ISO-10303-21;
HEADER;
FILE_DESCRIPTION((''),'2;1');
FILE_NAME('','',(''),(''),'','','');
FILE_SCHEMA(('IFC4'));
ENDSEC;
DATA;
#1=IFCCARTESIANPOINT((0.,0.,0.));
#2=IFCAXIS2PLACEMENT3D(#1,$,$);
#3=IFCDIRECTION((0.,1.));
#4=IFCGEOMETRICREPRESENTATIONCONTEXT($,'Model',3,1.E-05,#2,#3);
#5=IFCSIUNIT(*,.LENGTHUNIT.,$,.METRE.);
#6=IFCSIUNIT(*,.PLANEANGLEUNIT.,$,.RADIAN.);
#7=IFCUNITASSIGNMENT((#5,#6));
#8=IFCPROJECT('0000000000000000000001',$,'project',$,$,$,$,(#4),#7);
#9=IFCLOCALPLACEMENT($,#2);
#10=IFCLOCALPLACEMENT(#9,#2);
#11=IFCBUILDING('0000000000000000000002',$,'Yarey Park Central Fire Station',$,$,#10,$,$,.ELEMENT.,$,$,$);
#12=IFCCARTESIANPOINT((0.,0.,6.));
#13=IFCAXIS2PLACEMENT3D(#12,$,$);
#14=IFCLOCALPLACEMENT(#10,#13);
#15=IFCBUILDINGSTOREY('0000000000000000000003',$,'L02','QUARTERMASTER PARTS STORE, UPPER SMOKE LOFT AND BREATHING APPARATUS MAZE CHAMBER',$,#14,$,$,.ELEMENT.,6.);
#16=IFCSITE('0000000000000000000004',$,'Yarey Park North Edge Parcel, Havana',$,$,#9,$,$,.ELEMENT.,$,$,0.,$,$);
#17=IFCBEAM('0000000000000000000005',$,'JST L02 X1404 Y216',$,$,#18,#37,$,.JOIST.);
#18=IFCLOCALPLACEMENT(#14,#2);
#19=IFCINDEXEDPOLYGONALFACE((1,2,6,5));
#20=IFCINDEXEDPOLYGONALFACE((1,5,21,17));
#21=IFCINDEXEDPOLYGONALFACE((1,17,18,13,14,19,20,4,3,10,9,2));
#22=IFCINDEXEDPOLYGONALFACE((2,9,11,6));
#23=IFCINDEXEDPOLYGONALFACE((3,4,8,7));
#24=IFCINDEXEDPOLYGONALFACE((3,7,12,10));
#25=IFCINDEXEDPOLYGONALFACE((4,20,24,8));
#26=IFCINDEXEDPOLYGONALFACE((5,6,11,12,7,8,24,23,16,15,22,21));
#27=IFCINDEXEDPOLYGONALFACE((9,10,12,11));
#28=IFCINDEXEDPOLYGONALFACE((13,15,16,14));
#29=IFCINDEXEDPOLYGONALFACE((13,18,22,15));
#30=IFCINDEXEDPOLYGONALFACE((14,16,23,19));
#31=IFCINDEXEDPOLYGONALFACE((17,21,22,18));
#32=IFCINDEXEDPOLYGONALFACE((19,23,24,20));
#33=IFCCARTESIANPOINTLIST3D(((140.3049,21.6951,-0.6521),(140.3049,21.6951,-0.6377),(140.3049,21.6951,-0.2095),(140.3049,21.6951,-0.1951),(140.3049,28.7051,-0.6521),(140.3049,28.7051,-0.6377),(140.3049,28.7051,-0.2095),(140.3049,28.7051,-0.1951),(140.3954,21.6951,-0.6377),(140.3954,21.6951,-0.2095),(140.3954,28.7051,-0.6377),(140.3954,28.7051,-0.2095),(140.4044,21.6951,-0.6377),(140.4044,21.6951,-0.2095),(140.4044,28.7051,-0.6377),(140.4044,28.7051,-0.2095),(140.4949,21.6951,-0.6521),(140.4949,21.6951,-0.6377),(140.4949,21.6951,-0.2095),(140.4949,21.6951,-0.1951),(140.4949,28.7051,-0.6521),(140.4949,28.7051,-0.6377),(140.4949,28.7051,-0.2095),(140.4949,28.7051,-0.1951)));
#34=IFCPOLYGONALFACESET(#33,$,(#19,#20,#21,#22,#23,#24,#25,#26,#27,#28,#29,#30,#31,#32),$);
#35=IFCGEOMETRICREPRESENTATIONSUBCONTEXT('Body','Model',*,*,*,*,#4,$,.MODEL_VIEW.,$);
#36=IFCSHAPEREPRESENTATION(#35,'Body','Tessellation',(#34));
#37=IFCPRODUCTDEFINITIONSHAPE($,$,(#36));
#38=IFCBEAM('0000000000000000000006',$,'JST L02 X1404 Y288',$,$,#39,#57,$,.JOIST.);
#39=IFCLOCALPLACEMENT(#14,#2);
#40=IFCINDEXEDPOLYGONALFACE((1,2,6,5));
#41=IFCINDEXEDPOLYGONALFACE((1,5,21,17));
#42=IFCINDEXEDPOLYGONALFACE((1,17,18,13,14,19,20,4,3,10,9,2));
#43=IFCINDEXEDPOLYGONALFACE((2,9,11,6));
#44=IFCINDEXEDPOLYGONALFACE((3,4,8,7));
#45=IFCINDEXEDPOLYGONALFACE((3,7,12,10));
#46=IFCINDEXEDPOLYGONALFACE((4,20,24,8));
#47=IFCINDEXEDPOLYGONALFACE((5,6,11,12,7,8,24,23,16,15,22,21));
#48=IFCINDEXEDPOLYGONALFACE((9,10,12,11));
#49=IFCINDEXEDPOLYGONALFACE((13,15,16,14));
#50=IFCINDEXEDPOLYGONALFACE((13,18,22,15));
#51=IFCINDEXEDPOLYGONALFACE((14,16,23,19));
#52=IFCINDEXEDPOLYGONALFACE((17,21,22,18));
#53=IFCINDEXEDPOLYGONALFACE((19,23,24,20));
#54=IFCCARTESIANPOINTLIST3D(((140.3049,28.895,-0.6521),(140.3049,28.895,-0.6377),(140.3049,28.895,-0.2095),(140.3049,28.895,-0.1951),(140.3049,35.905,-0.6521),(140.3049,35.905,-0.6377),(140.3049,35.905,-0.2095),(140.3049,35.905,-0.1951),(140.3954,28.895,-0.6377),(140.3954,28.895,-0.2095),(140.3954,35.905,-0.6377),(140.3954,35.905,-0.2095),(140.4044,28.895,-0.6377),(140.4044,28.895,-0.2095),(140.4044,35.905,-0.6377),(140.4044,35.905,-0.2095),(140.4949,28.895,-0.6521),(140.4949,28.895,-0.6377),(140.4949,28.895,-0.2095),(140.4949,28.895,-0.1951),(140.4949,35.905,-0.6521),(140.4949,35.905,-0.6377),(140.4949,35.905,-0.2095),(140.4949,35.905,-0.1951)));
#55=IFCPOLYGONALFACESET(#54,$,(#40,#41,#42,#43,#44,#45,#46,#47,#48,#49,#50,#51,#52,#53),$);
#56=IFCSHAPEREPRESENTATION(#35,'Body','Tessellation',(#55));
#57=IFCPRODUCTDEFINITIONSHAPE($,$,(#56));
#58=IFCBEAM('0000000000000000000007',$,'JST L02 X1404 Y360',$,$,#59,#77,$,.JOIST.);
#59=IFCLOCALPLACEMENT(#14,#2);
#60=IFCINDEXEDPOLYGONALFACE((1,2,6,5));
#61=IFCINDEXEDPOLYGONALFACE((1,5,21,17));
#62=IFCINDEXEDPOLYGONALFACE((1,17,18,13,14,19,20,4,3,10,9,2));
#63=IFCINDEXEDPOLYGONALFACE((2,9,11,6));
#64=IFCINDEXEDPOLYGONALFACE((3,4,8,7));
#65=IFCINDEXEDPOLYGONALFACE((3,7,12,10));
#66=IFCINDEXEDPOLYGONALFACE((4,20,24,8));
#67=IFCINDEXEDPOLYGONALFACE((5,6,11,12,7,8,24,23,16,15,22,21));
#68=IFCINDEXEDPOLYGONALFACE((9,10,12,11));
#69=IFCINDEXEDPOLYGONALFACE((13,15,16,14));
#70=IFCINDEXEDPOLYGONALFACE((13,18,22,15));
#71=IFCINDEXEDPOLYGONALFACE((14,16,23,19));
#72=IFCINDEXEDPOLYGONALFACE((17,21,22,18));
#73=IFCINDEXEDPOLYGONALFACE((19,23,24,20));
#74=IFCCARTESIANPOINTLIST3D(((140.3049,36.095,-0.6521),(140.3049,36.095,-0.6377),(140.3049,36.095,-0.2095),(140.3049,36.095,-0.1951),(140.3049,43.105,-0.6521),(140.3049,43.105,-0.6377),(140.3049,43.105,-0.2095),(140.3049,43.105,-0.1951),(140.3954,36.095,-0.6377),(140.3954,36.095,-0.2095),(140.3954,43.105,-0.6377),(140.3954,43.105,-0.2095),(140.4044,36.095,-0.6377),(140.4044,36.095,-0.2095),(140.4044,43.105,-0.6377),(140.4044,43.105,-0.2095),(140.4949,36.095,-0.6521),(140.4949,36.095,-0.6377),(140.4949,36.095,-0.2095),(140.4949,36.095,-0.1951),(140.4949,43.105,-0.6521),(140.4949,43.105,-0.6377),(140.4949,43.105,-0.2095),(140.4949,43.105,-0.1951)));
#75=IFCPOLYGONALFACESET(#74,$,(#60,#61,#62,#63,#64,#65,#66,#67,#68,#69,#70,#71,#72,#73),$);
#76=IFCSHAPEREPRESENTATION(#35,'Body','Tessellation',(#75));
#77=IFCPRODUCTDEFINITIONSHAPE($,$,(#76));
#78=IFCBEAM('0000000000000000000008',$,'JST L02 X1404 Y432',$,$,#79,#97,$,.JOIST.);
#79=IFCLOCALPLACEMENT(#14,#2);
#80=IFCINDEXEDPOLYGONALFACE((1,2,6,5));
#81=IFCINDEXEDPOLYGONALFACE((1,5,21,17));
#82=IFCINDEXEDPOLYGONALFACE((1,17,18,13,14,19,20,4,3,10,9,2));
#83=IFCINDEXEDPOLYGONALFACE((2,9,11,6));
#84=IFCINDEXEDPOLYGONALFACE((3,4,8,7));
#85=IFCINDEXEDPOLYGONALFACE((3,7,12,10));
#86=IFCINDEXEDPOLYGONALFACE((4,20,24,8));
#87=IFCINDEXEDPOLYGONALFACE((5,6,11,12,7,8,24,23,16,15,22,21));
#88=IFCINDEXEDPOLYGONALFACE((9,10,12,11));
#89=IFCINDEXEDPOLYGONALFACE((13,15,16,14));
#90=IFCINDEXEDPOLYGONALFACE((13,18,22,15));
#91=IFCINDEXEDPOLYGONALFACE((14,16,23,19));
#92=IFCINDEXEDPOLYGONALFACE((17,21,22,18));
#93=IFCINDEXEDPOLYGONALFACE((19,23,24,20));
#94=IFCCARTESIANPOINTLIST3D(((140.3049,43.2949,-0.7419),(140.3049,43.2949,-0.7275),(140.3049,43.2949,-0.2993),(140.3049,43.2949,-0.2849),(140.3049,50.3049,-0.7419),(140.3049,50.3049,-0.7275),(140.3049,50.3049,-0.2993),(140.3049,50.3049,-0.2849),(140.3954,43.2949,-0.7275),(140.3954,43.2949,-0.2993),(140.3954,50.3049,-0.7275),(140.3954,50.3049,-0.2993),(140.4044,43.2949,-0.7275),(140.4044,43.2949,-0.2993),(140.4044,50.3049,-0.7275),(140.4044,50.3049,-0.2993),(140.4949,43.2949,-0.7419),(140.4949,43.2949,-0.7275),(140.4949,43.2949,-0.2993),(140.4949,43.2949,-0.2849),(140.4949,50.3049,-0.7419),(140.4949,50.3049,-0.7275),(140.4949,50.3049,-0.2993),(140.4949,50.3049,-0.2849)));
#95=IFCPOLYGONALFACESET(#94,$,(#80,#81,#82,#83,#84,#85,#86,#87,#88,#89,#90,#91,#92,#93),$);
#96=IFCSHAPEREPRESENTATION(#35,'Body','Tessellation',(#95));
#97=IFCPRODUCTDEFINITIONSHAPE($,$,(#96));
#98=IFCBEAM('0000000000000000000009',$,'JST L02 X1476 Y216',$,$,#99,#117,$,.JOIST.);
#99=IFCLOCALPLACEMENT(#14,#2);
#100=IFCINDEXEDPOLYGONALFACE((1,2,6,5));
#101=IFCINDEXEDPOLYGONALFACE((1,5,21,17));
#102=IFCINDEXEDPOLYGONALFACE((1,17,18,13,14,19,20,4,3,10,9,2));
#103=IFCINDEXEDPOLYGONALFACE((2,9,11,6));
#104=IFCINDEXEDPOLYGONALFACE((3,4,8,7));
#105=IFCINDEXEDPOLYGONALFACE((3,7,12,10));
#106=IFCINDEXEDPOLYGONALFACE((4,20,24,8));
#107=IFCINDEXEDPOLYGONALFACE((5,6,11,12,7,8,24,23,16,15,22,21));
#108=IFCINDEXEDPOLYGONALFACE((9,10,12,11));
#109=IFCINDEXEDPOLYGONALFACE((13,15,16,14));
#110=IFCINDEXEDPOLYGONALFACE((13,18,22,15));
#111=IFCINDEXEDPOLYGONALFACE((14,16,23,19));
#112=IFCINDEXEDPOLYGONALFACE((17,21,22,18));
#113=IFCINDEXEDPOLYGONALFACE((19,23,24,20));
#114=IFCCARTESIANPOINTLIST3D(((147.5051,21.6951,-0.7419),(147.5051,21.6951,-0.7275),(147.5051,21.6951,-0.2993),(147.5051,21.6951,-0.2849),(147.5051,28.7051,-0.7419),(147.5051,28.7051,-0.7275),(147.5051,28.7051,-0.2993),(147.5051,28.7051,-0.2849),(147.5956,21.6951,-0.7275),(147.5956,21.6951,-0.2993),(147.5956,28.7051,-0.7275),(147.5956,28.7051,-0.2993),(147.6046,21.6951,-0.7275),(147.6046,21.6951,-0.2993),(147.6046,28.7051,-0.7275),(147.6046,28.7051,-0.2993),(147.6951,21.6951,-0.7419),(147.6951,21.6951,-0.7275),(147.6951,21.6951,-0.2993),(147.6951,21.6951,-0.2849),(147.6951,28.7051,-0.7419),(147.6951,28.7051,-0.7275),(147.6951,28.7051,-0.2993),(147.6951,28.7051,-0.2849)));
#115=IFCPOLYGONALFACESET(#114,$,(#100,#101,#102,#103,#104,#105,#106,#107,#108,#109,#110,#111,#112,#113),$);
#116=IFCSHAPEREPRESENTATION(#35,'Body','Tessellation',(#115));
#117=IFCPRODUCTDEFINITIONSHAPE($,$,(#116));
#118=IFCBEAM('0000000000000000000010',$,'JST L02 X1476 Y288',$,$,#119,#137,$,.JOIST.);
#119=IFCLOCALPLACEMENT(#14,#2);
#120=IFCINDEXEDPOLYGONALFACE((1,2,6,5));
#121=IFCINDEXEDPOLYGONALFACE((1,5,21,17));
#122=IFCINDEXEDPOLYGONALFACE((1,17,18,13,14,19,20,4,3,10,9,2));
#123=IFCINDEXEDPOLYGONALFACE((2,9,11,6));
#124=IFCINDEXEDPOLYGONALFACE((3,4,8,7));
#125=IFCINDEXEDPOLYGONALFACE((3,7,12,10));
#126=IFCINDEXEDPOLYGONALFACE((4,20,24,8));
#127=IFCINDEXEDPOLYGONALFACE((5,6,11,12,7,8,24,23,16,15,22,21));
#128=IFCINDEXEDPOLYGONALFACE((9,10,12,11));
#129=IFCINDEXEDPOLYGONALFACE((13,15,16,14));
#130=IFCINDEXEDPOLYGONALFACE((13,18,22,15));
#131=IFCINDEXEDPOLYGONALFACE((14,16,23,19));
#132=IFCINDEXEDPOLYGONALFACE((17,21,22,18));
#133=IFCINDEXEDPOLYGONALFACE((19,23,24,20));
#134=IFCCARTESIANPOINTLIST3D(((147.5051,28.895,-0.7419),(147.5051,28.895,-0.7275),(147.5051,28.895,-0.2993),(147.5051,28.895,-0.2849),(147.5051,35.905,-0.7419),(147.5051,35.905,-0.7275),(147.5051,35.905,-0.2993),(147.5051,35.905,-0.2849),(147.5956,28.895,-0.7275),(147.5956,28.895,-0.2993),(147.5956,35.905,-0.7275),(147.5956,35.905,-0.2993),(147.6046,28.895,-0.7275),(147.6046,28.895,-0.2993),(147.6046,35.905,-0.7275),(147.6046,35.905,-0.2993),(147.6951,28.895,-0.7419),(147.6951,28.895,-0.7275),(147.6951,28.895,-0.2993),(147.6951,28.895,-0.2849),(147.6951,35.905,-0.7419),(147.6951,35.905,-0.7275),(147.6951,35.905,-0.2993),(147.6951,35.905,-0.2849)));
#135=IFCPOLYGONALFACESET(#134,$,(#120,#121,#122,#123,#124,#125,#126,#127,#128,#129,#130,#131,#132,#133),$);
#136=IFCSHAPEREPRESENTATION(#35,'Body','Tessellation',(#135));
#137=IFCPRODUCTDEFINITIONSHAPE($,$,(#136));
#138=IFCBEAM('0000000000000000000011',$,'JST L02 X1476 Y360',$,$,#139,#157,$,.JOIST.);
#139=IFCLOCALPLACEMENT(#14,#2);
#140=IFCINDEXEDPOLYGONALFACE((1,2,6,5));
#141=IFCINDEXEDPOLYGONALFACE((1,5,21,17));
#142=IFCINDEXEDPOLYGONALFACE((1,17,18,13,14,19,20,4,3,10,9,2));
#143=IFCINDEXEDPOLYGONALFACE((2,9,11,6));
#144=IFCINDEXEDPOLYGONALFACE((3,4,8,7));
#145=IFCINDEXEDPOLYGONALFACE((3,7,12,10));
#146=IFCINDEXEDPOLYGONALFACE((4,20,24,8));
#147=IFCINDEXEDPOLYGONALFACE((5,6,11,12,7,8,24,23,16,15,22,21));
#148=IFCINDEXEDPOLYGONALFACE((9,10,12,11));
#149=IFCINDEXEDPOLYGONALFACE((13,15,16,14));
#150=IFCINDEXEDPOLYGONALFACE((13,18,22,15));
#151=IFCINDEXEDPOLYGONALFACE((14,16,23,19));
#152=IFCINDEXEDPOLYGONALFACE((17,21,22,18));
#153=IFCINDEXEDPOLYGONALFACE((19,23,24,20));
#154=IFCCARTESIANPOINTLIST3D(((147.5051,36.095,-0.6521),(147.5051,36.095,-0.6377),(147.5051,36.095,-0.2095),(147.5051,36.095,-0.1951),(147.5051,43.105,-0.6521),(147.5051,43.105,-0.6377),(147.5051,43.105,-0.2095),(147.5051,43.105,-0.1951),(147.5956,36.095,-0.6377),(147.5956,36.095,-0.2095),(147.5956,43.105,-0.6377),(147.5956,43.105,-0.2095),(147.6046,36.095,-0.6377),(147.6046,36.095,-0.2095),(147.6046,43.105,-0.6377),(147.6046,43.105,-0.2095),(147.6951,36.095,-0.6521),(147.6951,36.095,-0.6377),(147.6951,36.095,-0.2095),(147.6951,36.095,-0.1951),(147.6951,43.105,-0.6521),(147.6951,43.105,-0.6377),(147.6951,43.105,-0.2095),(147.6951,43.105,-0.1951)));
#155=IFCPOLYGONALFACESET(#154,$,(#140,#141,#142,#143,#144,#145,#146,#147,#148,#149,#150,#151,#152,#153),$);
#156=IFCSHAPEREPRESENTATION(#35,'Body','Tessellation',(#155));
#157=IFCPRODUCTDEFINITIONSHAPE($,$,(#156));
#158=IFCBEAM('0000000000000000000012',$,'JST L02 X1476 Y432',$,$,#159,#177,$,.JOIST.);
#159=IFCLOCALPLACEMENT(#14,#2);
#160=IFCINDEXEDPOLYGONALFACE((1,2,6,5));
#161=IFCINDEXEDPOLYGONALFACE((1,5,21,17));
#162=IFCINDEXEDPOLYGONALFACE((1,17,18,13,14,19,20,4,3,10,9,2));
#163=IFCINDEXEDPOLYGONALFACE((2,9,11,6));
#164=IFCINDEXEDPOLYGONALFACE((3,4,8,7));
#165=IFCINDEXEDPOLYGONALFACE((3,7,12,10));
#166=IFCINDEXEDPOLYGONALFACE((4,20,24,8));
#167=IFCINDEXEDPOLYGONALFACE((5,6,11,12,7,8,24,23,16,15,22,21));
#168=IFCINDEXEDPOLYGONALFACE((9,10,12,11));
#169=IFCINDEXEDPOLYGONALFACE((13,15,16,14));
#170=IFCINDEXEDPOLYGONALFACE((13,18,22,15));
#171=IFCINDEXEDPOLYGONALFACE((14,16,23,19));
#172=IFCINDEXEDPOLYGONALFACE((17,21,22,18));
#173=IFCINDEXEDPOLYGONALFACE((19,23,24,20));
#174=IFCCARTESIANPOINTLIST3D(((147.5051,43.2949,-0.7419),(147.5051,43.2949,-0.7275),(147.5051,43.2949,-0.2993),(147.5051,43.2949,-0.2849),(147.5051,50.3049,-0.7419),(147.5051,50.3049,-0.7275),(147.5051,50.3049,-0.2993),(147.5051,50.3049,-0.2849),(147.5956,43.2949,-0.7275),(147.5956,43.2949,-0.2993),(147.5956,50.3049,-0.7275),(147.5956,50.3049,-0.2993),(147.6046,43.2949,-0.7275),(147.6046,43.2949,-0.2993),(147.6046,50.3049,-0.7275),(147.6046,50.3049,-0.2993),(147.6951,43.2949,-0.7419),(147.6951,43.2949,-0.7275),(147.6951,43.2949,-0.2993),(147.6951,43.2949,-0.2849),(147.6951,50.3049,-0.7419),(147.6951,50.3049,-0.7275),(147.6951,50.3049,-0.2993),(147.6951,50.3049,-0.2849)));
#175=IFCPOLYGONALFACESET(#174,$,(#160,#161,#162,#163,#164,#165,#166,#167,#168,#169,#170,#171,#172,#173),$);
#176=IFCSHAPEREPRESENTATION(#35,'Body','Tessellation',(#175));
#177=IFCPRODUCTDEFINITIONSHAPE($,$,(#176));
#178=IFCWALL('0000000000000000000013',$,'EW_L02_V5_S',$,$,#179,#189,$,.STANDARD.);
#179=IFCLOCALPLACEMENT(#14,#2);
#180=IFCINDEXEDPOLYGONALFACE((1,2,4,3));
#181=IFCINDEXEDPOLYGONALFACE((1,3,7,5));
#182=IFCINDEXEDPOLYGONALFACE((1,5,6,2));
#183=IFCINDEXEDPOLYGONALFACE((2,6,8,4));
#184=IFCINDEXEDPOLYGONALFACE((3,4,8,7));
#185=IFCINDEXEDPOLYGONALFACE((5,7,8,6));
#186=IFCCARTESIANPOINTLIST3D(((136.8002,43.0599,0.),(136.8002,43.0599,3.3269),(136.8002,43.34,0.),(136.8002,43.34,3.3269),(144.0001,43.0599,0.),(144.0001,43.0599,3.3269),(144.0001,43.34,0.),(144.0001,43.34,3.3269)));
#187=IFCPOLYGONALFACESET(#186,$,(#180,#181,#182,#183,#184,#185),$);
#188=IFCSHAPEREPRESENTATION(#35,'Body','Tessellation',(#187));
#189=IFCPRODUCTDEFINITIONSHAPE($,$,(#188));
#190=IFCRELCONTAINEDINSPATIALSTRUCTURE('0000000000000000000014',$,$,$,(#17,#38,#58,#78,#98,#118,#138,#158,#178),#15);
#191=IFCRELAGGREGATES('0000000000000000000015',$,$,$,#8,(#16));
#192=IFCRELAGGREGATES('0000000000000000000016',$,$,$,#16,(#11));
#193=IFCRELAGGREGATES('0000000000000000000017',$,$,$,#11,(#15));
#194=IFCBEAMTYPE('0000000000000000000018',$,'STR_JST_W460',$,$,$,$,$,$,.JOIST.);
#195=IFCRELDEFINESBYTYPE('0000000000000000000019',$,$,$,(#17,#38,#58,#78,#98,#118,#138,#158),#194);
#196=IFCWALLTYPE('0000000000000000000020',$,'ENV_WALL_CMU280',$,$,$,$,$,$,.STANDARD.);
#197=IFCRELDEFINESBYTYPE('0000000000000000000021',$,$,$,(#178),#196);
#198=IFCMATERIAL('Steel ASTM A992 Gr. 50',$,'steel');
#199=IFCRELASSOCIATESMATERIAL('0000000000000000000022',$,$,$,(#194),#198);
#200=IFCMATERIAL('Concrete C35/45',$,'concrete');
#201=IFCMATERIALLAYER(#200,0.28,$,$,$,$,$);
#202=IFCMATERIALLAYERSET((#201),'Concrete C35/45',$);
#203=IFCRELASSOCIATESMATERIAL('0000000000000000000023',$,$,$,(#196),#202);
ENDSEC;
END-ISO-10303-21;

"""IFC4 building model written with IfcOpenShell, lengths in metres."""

from ifc_helpers import new_model, si_unit, direction, frame, frame_2d, origin, origin_2d, place, context, subcontext, project, spatial, rectangle, i_section, extrude, material, layer, layer_set, material_profile, profile_set, type_object, element, save


model = new_model("IFC4")

# Units and contexts
model_context = context("Model", 3, precision=1e-05, world=origin(), true_north=direction((0.0, 1.0)))
body_context = subcontext(model_context, "Body", "Model", "MODEL_VIEW")
ifc_project = project(units=[si_unit("LENGTHUNIT", "METRE"), si_unit("PLANEANGLEUNIT", "RADIAN")], contexts=[model_context])

# Site, building, storey
site_placement = place(None, origin())
site = spatial("IfcSite", under=ifc_project, at=site_placement, Name="Yarey Park North Edge Parcel, Havana", CompositionType="ELEMENT", RefElevation=0.0)
building_placement = place(site_placement, origin())
building = spatial("IfcBuilding", under=site, at=building_placement, Name="Yarey Park Central Fire Station", CompositionType="ELEMENT")
storey_placement = place(building_placement, frame((0.0, 0.0, 6.0)))
storey = spatial("IfcBuildingStorey", under=building, at=storey_placement, Name="L02", Description="QUARTERMASTER PARTS STORE, UPPER SMOKE LOFT AND BREATHING APPARATUS MAZE CHAMBER", CompositionType="ELEMENT", Elevation=6.0)

# Shared definitions
ifc_material_1 = material(Name="Steel ASTM A992 Gr. 50", Category="steel")

# Beams
ifc_material_profile_1 = material_profile(ifc_material_1, i_section(OverallWidth=0.1899, OverallDepth=0.457, WebThickness=0.009, FlangeThickness=0.0144, at=origin_2d()), Name="W460x74")
ifc_profile_set_1 = profile_set([ifc_material_profile_1], Name="Steel ASTM A992 Gr. 50")
beam_type_1 = type_object("IfcBeamType", Name="STR_JST_W460", PredefinedType="JOIST", material=ifc_profile_set_1)
for number, where, z_axis, x_axis, name in (
    (1, (140.3999, 21.6951, -0.4236), (0.0, 1.0, 0.0), (-1.0, 0.0, 0.0), "JST L02 X1404 Y216"),
    (2, (140.3999, 28.895, -0.4236), (0.0, 1.0, 0.0), (-1.0, 0.0, 0.0), "JST L02 X1404 Y288"),
    (3, (140.3999, 36.095, -0.4236), (0.0, 1.0, 0.0), (-1.0, 0.0, 0.0), "JST L02 X1404 Y360"),
    (4, (140.3999, 43.2949, -0.5134), (0.0, 1.0, 0.0), (-1.0, 0.0, 0.0), "JST L02 X1404 Y432"),
    (5, (147.6001, 21.6951, -0.5134), (0.0, 1.0, 0.0), (-1.0, 0.0, 0.0), "JST L02 X1476 Y216"),
    (6, (147.6001, 28.895, -0.5134), (0.0, 1.0, 0.0), (-1.0, 0.0, 0.0), "JST L02 X1476 Y288"),
    (7, (147.6001, 36.095, -0.4236), (0.0, 1.0, 0.0), (-1.0, 0.0, 0.0), "JST L02 X1476 Y360"),
    (8, (147.6001, 43.2949, -0.5134), (0.0, 1.0, 0.0), (-1.0, 0.0, 0.0), "JST L02 X1476 Y432"),
):
    element("IfcBeam", number, at=place(storey_placement, frame(where, z_axis=z_axis, x_axis=x_axis)), inside=storey, type_object=beam_type_1, Name=name, PredefinedType="JOIST", context=body_context, shape_type="SweptSolid", body=[
        extrude(i_section(OverallWidth=0.1899, OverallDepth=0.457, WebThickness=0.009, FlangeThickness=0.0144, at=origin_2d()), origin(), (0.0, 0.0, 1.0), 7.01),
    ])

# Wall
ifc_material_2 = material(Name="Concrete C35/45", Category="concrete")
ifc_layer_1 = layer(ifc_material_2, 0.28)
ifc_layer_set_1 = layer_set([ifc_layer_1], Name="Concrete C35/45")
wall_type_1 = type_object("IfcWallType", Name="ENV_WALL_CMU280", PredefinedType="STANDARD", material=ifc_layer_set_1)
wall_1_placement = place(storey_placement, frame((136.8, 43.2, 0.0), z_axis=(0.0, 0.0, 1.0), x_axis=(1.0, 0.0, 0.0)))
element("IfcWall", 9, at=wall_1_placement, inside=storey, type_object=wall_type_1, Name="EW_L02_V5_S", PredefinedType="STANDARD", context=body_context, shape_type="SweptSolid", body=[
    extrude(rectangle(XDim=7.2, YDim=0.28, at=frame_2d((3.6001, 0.0))), origin(), (0.0, 0.0, 1.0), 3.3269),
])

save(model, "model.ifc")
